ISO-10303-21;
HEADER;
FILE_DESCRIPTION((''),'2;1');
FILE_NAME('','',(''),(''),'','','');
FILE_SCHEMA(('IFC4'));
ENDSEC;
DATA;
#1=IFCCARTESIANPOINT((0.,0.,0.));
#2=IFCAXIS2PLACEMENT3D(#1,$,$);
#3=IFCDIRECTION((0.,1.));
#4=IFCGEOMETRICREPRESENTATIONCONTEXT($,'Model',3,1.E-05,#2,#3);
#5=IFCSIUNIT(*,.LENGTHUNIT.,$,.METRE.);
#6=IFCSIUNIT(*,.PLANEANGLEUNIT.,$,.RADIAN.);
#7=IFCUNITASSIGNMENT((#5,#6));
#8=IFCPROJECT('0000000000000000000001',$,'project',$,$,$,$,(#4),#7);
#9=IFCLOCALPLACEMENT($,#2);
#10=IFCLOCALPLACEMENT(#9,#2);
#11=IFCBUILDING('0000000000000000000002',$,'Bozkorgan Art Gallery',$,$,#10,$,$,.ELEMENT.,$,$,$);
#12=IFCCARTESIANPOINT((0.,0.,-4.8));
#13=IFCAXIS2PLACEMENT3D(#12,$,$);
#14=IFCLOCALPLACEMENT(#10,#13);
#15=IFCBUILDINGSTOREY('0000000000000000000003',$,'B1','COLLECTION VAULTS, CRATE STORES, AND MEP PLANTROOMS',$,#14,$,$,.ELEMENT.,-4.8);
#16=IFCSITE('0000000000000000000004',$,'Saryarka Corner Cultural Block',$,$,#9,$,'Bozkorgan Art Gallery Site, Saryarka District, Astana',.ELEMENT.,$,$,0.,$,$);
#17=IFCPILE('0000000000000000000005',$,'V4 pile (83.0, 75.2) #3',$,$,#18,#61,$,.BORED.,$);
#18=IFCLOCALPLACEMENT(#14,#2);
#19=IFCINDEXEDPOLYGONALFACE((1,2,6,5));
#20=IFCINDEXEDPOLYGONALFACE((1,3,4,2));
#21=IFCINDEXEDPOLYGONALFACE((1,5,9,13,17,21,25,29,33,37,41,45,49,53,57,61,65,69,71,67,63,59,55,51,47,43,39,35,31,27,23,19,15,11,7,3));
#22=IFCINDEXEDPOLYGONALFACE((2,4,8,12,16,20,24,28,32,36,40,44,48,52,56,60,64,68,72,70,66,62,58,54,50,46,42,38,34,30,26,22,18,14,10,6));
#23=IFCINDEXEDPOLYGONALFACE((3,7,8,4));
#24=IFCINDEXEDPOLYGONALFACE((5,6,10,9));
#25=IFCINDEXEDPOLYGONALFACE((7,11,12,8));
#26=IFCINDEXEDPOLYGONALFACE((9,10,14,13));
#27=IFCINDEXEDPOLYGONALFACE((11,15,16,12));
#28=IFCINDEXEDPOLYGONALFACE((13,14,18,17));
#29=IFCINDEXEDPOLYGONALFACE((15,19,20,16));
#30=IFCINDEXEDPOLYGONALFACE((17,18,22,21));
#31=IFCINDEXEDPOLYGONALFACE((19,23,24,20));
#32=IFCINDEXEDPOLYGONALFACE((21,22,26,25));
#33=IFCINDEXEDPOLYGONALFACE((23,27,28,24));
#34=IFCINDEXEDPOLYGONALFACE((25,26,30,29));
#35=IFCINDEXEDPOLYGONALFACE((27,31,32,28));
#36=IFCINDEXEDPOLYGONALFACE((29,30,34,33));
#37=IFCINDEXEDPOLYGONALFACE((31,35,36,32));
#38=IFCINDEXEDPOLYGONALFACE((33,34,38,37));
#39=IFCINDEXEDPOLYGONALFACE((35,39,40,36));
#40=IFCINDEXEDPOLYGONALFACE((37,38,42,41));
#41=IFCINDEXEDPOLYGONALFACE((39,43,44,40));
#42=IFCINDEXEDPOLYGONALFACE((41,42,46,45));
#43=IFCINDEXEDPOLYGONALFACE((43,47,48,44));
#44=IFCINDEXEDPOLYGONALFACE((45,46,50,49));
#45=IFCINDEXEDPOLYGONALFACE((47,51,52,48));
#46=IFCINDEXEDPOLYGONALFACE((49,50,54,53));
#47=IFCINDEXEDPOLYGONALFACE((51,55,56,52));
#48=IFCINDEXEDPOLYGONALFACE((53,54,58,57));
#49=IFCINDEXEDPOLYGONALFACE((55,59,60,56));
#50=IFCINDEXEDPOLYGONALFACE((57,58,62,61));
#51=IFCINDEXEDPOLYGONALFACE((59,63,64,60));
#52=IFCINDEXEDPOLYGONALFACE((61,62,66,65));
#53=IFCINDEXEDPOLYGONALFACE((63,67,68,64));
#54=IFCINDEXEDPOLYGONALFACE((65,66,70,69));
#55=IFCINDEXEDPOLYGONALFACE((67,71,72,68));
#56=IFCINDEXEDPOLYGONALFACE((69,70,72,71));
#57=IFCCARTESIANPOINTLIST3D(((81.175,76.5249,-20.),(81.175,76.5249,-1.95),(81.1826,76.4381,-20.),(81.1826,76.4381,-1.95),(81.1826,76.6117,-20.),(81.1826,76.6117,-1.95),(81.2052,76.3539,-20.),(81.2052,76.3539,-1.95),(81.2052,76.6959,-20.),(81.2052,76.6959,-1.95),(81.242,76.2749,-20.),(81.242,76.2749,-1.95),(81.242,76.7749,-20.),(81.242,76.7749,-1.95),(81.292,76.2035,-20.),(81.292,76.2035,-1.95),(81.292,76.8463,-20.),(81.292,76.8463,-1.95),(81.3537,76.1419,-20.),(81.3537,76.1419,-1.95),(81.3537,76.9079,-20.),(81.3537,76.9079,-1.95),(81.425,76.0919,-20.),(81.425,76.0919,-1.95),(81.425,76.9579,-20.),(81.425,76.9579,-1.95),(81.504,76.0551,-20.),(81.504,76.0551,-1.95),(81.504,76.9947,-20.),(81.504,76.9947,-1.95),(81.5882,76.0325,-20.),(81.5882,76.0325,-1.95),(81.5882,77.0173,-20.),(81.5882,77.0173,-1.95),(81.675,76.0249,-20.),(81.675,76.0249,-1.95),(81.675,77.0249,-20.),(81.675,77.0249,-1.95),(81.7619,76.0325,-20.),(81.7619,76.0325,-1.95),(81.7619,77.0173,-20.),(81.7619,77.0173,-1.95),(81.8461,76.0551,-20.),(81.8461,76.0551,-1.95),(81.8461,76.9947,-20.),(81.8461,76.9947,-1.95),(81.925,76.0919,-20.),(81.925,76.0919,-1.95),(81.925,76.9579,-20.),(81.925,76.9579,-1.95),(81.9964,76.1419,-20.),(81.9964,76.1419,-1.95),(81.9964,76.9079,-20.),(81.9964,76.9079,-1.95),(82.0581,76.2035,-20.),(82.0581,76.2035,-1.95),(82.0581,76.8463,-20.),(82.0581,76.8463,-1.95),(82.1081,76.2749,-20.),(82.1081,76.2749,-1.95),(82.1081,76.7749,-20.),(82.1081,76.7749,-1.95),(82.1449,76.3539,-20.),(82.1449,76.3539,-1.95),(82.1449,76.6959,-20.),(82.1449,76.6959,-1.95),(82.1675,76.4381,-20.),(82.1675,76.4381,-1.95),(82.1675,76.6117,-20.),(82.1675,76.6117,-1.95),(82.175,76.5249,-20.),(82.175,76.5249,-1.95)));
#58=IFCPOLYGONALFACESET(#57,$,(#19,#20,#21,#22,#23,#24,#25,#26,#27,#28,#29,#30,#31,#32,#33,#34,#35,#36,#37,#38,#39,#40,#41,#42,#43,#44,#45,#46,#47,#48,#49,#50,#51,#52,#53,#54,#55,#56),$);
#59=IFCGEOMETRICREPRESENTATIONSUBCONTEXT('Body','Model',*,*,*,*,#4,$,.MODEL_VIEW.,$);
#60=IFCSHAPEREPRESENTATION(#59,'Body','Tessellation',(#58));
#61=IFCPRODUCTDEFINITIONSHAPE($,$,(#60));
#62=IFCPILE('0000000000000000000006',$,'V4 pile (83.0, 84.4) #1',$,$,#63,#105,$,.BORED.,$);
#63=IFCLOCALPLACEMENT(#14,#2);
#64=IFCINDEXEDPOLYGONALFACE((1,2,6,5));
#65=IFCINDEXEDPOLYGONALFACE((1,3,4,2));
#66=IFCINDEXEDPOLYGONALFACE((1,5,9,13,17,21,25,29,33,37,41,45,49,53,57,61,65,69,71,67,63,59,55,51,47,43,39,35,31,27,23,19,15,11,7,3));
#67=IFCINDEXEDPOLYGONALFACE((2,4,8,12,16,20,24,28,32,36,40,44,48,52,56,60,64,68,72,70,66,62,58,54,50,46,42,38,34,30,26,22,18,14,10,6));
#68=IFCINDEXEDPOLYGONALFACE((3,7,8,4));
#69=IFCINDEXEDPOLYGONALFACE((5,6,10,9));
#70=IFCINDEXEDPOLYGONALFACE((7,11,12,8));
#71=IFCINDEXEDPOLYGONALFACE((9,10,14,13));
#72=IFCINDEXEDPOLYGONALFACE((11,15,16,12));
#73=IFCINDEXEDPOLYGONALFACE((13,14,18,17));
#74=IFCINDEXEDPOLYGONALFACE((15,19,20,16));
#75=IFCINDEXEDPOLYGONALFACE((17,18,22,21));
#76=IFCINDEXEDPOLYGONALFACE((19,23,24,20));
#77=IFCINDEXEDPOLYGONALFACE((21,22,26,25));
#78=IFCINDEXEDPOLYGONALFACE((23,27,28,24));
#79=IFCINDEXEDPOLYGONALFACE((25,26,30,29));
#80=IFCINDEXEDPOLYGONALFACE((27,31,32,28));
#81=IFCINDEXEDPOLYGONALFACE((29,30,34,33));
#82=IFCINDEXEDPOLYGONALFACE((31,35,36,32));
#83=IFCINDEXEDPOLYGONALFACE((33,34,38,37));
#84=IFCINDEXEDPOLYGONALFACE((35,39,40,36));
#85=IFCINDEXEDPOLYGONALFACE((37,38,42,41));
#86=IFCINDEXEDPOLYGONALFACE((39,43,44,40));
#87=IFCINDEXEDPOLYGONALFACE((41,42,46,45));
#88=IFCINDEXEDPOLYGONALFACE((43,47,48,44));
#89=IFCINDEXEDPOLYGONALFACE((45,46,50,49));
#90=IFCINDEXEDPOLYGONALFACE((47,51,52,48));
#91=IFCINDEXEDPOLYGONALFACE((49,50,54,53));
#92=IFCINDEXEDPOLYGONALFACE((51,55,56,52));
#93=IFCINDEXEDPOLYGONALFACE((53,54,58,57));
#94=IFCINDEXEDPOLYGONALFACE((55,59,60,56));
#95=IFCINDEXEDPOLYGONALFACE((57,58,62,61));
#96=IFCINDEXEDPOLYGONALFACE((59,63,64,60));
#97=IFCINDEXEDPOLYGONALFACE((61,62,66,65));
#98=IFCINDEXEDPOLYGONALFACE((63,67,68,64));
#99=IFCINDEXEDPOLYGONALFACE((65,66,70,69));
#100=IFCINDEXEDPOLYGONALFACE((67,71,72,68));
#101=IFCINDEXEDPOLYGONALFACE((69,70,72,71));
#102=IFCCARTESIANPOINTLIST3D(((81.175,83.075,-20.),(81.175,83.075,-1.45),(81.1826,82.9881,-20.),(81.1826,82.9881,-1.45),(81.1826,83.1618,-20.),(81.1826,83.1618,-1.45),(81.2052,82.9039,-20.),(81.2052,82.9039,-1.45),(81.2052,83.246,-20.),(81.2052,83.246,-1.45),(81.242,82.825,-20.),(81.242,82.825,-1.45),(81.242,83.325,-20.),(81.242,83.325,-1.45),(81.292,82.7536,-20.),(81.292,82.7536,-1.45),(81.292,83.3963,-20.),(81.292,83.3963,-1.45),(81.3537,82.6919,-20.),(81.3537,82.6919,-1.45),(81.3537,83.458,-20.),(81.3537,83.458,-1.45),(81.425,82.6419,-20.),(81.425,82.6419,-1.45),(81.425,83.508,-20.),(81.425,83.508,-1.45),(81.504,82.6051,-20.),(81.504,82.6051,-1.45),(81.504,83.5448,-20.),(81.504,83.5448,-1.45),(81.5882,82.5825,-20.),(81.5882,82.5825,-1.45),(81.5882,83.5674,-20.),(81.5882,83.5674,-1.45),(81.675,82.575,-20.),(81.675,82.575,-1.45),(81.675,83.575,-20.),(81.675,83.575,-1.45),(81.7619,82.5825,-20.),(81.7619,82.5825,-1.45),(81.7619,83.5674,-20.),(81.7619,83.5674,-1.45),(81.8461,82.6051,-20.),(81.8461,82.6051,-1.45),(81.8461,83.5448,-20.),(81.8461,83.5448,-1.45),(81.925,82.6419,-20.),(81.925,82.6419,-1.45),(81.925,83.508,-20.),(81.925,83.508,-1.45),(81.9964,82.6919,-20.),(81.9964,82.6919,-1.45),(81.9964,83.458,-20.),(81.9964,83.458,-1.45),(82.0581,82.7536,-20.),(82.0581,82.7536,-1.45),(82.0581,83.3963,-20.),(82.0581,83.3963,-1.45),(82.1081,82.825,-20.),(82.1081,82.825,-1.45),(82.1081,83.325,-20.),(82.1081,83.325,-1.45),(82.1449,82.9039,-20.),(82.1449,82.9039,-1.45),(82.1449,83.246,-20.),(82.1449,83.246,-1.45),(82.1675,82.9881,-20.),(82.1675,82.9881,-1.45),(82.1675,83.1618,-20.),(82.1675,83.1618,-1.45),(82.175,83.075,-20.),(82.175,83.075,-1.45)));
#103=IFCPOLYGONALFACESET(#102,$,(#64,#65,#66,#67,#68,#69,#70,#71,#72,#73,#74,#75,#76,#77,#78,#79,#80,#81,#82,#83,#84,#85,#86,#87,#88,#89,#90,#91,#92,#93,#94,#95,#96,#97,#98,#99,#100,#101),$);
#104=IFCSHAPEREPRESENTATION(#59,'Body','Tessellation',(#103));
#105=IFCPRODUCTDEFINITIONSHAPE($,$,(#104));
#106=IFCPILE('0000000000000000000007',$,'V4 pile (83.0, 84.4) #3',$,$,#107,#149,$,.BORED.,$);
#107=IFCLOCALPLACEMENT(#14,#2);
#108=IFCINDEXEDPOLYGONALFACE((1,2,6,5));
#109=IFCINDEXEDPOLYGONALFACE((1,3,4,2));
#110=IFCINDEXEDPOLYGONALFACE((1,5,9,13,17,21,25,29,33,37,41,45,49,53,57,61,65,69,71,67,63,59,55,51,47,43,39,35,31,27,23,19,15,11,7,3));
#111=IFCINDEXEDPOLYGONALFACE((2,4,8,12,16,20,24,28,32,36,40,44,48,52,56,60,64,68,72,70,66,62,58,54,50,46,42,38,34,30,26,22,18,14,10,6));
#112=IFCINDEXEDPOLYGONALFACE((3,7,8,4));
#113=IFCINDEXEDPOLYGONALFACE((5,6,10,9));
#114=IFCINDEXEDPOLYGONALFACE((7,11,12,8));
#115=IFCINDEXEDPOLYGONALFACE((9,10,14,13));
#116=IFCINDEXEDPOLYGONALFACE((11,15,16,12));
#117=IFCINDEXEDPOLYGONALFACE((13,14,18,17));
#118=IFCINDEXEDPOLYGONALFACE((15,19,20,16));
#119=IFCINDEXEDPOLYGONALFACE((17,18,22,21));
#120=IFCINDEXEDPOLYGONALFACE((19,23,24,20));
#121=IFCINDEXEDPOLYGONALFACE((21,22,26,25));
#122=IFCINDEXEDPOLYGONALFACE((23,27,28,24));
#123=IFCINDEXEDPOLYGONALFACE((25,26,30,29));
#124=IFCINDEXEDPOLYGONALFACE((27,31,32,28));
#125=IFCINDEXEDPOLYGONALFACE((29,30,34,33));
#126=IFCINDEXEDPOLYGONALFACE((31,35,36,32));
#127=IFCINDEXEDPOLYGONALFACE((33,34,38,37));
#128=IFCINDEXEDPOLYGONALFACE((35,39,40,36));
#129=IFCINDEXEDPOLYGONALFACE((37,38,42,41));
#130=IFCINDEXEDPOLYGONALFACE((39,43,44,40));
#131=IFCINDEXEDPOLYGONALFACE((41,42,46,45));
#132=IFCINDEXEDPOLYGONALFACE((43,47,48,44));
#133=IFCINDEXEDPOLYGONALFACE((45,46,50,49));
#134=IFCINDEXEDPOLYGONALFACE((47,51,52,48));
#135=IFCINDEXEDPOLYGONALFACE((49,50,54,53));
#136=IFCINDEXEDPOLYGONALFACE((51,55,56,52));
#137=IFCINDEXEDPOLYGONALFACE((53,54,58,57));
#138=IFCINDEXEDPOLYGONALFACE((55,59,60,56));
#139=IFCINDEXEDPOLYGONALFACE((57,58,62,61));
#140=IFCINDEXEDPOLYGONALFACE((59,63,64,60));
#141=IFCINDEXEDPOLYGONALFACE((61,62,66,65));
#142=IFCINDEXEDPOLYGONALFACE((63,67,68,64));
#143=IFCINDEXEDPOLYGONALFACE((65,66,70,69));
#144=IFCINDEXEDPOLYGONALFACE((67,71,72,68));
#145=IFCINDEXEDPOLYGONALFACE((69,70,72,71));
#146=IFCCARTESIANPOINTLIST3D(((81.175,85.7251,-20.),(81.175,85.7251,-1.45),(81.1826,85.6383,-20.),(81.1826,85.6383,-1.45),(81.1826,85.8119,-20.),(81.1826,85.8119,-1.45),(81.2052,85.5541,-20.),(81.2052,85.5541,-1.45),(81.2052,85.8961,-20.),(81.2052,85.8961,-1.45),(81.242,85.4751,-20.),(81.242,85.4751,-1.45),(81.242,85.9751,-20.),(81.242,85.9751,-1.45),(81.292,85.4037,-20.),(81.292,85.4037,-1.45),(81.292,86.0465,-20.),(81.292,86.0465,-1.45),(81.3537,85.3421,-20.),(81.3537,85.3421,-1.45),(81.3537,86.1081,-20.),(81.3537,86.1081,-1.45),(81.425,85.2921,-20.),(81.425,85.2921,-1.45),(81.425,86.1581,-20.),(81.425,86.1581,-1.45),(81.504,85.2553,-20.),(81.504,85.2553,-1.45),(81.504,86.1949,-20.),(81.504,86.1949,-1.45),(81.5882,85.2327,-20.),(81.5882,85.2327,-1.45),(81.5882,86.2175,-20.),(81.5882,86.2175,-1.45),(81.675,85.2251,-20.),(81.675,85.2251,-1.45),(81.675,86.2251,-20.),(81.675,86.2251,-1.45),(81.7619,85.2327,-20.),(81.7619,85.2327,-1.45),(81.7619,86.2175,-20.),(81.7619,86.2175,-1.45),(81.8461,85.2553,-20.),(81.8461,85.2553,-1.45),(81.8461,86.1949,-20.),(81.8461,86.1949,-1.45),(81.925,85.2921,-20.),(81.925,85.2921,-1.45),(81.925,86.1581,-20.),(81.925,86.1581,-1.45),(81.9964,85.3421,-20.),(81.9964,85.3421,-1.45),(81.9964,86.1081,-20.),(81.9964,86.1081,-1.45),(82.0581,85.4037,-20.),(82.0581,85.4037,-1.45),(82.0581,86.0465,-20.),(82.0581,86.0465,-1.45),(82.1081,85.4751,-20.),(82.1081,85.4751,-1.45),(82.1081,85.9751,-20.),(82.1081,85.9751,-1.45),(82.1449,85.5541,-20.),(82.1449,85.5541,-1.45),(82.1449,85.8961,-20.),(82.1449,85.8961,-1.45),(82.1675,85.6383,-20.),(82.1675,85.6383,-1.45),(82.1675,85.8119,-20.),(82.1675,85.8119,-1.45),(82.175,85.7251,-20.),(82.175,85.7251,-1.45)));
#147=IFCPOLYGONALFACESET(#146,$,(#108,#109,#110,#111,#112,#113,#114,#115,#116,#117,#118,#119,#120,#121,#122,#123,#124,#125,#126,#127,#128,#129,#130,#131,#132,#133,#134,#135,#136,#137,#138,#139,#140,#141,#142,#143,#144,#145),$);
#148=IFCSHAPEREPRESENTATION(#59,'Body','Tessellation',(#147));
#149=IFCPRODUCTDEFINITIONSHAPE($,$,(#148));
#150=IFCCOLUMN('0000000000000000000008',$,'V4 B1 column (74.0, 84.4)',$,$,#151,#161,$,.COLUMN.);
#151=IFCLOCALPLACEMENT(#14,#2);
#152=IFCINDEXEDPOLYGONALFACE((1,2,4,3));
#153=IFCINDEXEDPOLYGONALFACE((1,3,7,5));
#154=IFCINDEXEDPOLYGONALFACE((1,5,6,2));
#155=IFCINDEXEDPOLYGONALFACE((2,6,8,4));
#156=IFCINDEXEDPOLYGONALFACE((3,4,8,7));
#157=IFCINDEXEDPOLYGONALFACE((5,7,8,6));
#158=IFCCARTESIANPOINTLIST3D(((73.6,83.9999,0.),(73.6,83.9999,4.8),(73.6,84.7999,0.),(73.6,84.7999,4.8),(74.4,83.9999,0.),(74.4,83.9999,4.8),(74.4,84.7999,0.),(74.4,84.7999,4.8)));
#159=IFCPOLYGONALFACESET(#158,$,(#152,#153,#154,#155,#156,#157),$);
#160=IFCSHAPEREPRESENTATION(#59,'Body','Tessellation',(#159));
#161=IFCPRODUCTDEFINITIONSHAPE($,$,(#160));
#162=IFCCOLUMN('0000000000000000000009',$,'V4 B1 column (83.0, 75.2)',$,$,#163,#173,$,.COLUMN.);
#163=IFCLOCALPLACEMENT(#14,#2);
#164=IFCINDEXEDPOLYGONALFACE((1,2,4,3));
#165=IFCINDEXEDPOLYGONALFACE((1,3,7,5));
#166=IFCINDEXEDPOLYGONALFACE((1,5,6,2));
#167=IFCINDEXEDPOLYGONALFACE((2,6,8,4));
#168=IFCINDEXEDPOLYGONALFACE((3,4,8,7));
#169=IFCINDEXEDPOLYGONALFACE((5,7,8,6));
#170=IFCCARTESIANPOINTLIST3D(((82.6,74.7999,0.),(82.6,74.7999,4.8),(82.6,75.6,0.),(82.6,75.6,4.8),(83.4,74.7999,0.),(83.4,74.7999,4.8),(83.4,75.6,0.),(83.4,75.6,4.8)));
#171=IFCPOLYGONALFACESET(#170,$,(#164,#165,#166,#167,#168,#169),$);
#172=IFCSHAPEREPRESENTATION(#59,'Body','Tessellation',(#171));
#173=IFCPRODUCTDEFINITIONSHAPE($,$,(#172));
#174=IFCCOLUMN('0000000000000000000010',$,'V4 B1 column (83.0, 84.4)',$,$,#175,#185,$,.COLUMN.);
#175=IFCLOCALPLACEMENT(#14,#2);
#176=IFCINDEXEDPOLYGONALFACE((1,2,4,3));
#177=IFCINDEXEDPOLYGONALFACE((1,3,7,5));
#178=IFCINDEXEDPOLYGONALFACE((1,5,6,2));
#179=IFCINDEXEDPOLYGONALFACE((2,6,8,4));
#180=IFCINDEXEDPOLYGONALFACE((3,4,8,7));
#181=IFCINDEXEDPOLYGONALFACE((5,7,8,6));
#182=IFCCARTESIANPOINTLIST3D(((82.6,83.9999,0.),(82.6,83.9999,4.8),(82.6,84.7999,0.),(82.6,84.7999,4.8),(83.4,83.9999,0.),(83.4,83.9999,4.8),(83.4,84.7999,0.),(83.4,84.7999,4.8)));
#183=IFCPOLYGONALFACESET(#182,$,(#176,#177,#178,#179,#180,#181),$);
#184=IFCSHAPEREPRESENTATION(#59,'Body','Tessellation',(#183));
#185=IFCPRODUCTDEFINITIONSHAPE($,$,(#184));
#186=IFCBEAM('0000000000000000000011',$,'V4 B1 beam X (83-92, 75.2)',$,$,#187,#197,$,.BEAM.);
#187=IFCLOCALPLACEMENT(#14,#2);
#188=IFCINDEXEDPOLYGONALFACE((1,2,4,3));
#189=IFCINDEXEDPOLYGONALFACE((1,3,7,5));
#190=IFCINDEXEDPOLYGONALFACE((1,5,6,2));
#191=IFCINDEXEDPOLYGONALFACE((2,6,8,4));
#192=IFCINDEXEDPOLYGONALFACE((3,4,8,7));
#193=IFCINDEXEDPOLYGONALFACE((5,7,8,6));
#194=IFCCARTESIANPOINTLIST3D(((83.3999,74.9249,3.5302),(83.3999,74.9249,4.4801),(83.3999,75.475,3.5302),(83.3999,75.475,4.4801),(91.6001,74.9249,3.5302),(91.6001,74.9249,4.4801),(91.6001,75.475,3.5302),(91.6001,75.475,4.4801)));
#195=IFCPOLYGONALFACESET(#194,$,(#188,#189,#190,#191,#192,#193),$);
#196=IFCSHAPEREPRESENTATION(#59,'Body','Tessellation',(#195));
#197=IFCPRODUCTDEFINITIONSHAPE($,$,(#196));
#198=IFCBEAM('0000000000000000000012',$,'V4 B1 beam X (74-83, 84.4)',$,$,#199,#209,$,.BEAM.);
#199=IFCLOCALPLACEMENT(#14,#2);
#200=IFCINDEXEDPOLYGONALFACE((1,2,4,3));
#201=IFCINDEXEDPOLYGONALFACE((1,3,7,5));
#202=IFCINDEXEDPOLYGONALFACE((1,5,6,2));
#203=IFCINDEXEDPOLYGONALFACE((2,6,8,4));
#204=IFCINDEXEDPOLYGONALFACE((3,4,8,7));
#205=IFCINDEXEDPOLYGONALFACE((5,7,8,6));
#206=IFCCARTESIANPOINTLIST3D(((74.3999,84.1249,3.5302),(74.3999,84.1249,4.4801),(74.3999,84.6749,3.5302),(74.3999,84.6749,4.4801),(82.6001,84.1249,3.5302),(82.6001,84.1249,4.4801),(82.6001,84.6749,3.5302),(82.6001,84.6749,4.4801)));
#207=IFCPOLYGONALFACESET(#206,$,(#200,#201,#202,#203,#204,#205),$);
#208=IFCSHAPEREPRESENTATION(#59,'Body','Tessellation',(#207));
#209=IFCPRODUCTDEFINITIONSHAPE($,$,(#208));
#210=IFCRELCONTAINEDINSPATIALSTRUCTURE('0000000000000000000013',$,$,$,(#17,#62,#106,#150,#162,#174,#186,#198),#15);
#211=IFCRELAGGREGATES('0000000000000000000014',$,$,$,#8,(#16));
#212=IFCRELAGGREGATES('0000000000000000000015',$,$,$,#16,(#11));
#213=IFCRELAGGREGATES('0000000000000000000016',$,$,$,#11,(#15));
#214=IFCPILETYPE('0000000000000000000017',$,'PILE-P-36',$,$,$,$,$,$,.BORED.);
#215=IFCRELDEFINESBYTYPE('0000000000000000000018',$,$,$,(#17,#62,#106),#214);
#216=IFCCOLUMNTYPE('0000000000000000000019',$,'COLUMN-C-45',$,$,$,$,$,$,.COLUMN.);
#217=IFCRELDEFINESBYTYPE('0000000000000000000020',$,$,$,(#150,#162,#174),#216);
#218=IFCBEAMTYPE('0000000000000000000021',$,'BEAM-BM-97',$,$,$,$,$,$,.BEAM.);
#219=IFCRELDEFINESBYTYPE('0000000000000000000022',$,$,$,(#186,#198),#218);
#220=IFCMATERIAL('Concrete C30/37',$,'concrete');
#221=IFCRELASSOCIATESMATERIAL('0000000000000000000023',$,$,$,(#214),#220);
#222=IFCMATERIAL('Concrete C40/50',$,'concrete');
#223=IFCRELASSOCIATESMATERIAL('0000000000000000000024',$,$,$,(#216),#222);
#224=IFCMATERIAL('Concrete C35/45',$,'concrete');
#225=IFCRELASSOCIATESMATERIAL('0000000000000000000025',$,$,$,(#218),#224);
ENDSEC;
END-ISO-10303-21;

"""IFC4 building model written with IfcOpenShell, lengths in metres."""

from ifc_helpers import new_model, si_unit, direction, frame, origin, origin_2d, place, context, subcontext, project, spatial, rectangle, circle, extrude, material, material_profile, profile_set, type_object, element, save


model = new_model("IFC4")

# Units and contexts
model_context = context("Model", 3, precision=1e-05, world=origin(), true_north=direction((0.0, 1.0)))
body_context = subcontext(model_context, "Body", "Model", "MODEL_VIEW")
ifc_project = project(units=[si_unit("LENGTHUNIT", "METRE"), si_unit("PLANEANGLEUNIT", "RADIAN")], contexts=[model_context])

# Site, building, storey
site_placement = place(None, origin())
site = spatial("IfcSite", under=ifc_project, at=site_placement, Name="Saryarka Corner Cultural Block", LongName="Bozkorgan Art Gallery Site, Saryarka District, Astana", CompositionType="ELEMENT", RefElevation=0.0)
building_placement = place(site_placement, origin())
building = spatial("IfcBuilding", under=site, at=building_placement, Name="Bozkorgan Art Gallery", CompositionType="ELEMENT")
storey_placement = place(building_placement, frame((0.0, 0.0, -4.8)))
storey = spatial("IfcBuildingStorey", under=building, at=storey_placement, Name="B1", Description="COLLECTION VAULTS, CRATE STORES, AND MEP PLANTROOMS", CompositionType="ELEMENT", Elevation=-4.8)

# Shared definitions
ifc_material_1 = material(Name="Concrete C30/37", Category="concrete")

# Piles
ifc_material_profile_1 = material_profile(ifc_material_1, circle(Radius=0.5, at=origin_2d()), Name="PILE D1000")
ifc_profile_set_1 = profile_set([ifc_material_profile_1], Name="Concrete C30/37")
pile_type = type_object("IfcPileType", Name="PILE-P-36", PredefinedType="BORED", material=ifc_profile_set_1)
pile_placement = place(storey_placement, frame((81.675, 76.5249, -1.95), z_axis=(0.0, 0.0, -1.0), x_axis=(1.0, 0.0, 0.0)))
element("IfcPile", 1, at=pile_placement, inside=storey, type_object=pile_type, Name="V4 pile (83.0, 75.2) #3", PredefinedType="BORED", context=body_context, shape_type="SweptSolid", body=[
    extrude(circle(Radius=0.5, at=origin_2d()), origin(), (0.0, 0.0, 1.0), 18.05),
])
for number, where, z_axis, x_axis, name in (
    (2, (81.675, 83.075, -1.45), (0.0, 0.0, -1.0), (1.0, 0.0, 0.0), "V4 pile (83.0, 84.4) #1"),
    (3, (81.675, 85.7251, -1.45), (0.0, 0.0, -1.0), (1.0, 0.0, 0.0), "V4 pile (83.0, 84.4) #3"),
):
    element("IfcPile", number, at=place(storey_placement, frame(where, z_axis=z_axis, x_axis=x_axis)), inside=storey, type_object=pile_type, Name=name, PredefinedType="BORED", context=body_context, shape_type="SweptSolid", body=[
        extrude(circle(Radius=0.5, at=origin_2d()), origin(), (0.0, 0.0, 1.0), 18.55),
    ])

# Columns
ifc_material_2 = material(Name="Concrete C40/50", Category="concrete")
ifc_material_profile_2 = material_profile(ifc_material_2, rectangle(XDim=0.8, YDim=0.8, at=origin_2d()), Name="RC 800x800")
ifc_profile_set_2 = profile_set([ifc_material_profile_2], Name="Concrete C40/50")
column_type = type_object("IfcColumnType", Name="COLUMN-C-45", PredefinedType="COLUMN", material=ifc_profile_set_2)
for number, where, z_axis, x_axis, name in (
    (4, (74.0, 84.3999, 0.0), (0.0, 0.0, 1.0), (1.0, 0.0, 0.0), "V4 B1 column (74.0, 84.4)"),
    (5, (83.0, 75.2, 0.0), (0.0, 0.0, 1.0), (1.0, 0.0, 0.0), "V4 B1 column (83.0, 75.2)"),
    (6, (83.0, 84.3999, 0.0), (0.0, 0.0, 1.0), (1.0, 0.0, 0.0), "V4 B1 column (83.0, 84.4)"),
):
    element("IfcColumn", number, at=place(storey_placement, frame(where, z_axis=z_axis, x_axis=x_axis)), inside=storey, type_object=column_type, Name=name, PredefinedType="COLUMN", context=body_context, shape_type="SweptSolid", body=[
        extrude(rectangle(XDim=0.8, YDim=0.8, at=origin_2d()), origin(), (0.0, 0.0, 1.0), 4.8),
    ])

# Beams
ifc_material_3 = material(Name="Concrete C35/45", Category="concrete")
ifc_material_profile_3 = material_profile(ifc_material_3, rectangle(XDim=0.55, YDim=0.95, at=origin_2d()), Name="RC 550x950")
ifc_profile_set_3 = profile_set([ifc_material_profile_3], Name="Concrete C35/45")
beam_type_1 = type_object("IfcBeamType", Name="BEAM-BM-97", PredefinedType="BEAM", material=ifc_profile_set_3)
for number, where, z_axis, x_axis, name in (
    (7, (83.3999, 75.2, 4.0051), (1.0, 0.0, 0.0), (0.0, 1.0, 0.0), "V4 B1 beam X (83-92, 75.2)"),
    (8, (74.3999, 84.3999, 4.0051), (1.0, 0.0, 0.0), (0.0, 1.0, 0.0), "V4 B1 beam X (74-83, 84.4)"),
):
    element("IfcBeam", number, at=place(storey_placement, frame(where, z_axis=z_axis, x_axis=x_axis)), inside=storey, type_object=beam_type_1, Name=name, PredefinedType="BEAM", context=body_context, shape_type="SweptSolid", body=[
        extrude(rectangle(XDim=0.55, YDim=0.95, at=origin_2d()), origin(), (0.0, 0.0, 1.0), 8.2002),
    ])

save(model, "model.ifc")
